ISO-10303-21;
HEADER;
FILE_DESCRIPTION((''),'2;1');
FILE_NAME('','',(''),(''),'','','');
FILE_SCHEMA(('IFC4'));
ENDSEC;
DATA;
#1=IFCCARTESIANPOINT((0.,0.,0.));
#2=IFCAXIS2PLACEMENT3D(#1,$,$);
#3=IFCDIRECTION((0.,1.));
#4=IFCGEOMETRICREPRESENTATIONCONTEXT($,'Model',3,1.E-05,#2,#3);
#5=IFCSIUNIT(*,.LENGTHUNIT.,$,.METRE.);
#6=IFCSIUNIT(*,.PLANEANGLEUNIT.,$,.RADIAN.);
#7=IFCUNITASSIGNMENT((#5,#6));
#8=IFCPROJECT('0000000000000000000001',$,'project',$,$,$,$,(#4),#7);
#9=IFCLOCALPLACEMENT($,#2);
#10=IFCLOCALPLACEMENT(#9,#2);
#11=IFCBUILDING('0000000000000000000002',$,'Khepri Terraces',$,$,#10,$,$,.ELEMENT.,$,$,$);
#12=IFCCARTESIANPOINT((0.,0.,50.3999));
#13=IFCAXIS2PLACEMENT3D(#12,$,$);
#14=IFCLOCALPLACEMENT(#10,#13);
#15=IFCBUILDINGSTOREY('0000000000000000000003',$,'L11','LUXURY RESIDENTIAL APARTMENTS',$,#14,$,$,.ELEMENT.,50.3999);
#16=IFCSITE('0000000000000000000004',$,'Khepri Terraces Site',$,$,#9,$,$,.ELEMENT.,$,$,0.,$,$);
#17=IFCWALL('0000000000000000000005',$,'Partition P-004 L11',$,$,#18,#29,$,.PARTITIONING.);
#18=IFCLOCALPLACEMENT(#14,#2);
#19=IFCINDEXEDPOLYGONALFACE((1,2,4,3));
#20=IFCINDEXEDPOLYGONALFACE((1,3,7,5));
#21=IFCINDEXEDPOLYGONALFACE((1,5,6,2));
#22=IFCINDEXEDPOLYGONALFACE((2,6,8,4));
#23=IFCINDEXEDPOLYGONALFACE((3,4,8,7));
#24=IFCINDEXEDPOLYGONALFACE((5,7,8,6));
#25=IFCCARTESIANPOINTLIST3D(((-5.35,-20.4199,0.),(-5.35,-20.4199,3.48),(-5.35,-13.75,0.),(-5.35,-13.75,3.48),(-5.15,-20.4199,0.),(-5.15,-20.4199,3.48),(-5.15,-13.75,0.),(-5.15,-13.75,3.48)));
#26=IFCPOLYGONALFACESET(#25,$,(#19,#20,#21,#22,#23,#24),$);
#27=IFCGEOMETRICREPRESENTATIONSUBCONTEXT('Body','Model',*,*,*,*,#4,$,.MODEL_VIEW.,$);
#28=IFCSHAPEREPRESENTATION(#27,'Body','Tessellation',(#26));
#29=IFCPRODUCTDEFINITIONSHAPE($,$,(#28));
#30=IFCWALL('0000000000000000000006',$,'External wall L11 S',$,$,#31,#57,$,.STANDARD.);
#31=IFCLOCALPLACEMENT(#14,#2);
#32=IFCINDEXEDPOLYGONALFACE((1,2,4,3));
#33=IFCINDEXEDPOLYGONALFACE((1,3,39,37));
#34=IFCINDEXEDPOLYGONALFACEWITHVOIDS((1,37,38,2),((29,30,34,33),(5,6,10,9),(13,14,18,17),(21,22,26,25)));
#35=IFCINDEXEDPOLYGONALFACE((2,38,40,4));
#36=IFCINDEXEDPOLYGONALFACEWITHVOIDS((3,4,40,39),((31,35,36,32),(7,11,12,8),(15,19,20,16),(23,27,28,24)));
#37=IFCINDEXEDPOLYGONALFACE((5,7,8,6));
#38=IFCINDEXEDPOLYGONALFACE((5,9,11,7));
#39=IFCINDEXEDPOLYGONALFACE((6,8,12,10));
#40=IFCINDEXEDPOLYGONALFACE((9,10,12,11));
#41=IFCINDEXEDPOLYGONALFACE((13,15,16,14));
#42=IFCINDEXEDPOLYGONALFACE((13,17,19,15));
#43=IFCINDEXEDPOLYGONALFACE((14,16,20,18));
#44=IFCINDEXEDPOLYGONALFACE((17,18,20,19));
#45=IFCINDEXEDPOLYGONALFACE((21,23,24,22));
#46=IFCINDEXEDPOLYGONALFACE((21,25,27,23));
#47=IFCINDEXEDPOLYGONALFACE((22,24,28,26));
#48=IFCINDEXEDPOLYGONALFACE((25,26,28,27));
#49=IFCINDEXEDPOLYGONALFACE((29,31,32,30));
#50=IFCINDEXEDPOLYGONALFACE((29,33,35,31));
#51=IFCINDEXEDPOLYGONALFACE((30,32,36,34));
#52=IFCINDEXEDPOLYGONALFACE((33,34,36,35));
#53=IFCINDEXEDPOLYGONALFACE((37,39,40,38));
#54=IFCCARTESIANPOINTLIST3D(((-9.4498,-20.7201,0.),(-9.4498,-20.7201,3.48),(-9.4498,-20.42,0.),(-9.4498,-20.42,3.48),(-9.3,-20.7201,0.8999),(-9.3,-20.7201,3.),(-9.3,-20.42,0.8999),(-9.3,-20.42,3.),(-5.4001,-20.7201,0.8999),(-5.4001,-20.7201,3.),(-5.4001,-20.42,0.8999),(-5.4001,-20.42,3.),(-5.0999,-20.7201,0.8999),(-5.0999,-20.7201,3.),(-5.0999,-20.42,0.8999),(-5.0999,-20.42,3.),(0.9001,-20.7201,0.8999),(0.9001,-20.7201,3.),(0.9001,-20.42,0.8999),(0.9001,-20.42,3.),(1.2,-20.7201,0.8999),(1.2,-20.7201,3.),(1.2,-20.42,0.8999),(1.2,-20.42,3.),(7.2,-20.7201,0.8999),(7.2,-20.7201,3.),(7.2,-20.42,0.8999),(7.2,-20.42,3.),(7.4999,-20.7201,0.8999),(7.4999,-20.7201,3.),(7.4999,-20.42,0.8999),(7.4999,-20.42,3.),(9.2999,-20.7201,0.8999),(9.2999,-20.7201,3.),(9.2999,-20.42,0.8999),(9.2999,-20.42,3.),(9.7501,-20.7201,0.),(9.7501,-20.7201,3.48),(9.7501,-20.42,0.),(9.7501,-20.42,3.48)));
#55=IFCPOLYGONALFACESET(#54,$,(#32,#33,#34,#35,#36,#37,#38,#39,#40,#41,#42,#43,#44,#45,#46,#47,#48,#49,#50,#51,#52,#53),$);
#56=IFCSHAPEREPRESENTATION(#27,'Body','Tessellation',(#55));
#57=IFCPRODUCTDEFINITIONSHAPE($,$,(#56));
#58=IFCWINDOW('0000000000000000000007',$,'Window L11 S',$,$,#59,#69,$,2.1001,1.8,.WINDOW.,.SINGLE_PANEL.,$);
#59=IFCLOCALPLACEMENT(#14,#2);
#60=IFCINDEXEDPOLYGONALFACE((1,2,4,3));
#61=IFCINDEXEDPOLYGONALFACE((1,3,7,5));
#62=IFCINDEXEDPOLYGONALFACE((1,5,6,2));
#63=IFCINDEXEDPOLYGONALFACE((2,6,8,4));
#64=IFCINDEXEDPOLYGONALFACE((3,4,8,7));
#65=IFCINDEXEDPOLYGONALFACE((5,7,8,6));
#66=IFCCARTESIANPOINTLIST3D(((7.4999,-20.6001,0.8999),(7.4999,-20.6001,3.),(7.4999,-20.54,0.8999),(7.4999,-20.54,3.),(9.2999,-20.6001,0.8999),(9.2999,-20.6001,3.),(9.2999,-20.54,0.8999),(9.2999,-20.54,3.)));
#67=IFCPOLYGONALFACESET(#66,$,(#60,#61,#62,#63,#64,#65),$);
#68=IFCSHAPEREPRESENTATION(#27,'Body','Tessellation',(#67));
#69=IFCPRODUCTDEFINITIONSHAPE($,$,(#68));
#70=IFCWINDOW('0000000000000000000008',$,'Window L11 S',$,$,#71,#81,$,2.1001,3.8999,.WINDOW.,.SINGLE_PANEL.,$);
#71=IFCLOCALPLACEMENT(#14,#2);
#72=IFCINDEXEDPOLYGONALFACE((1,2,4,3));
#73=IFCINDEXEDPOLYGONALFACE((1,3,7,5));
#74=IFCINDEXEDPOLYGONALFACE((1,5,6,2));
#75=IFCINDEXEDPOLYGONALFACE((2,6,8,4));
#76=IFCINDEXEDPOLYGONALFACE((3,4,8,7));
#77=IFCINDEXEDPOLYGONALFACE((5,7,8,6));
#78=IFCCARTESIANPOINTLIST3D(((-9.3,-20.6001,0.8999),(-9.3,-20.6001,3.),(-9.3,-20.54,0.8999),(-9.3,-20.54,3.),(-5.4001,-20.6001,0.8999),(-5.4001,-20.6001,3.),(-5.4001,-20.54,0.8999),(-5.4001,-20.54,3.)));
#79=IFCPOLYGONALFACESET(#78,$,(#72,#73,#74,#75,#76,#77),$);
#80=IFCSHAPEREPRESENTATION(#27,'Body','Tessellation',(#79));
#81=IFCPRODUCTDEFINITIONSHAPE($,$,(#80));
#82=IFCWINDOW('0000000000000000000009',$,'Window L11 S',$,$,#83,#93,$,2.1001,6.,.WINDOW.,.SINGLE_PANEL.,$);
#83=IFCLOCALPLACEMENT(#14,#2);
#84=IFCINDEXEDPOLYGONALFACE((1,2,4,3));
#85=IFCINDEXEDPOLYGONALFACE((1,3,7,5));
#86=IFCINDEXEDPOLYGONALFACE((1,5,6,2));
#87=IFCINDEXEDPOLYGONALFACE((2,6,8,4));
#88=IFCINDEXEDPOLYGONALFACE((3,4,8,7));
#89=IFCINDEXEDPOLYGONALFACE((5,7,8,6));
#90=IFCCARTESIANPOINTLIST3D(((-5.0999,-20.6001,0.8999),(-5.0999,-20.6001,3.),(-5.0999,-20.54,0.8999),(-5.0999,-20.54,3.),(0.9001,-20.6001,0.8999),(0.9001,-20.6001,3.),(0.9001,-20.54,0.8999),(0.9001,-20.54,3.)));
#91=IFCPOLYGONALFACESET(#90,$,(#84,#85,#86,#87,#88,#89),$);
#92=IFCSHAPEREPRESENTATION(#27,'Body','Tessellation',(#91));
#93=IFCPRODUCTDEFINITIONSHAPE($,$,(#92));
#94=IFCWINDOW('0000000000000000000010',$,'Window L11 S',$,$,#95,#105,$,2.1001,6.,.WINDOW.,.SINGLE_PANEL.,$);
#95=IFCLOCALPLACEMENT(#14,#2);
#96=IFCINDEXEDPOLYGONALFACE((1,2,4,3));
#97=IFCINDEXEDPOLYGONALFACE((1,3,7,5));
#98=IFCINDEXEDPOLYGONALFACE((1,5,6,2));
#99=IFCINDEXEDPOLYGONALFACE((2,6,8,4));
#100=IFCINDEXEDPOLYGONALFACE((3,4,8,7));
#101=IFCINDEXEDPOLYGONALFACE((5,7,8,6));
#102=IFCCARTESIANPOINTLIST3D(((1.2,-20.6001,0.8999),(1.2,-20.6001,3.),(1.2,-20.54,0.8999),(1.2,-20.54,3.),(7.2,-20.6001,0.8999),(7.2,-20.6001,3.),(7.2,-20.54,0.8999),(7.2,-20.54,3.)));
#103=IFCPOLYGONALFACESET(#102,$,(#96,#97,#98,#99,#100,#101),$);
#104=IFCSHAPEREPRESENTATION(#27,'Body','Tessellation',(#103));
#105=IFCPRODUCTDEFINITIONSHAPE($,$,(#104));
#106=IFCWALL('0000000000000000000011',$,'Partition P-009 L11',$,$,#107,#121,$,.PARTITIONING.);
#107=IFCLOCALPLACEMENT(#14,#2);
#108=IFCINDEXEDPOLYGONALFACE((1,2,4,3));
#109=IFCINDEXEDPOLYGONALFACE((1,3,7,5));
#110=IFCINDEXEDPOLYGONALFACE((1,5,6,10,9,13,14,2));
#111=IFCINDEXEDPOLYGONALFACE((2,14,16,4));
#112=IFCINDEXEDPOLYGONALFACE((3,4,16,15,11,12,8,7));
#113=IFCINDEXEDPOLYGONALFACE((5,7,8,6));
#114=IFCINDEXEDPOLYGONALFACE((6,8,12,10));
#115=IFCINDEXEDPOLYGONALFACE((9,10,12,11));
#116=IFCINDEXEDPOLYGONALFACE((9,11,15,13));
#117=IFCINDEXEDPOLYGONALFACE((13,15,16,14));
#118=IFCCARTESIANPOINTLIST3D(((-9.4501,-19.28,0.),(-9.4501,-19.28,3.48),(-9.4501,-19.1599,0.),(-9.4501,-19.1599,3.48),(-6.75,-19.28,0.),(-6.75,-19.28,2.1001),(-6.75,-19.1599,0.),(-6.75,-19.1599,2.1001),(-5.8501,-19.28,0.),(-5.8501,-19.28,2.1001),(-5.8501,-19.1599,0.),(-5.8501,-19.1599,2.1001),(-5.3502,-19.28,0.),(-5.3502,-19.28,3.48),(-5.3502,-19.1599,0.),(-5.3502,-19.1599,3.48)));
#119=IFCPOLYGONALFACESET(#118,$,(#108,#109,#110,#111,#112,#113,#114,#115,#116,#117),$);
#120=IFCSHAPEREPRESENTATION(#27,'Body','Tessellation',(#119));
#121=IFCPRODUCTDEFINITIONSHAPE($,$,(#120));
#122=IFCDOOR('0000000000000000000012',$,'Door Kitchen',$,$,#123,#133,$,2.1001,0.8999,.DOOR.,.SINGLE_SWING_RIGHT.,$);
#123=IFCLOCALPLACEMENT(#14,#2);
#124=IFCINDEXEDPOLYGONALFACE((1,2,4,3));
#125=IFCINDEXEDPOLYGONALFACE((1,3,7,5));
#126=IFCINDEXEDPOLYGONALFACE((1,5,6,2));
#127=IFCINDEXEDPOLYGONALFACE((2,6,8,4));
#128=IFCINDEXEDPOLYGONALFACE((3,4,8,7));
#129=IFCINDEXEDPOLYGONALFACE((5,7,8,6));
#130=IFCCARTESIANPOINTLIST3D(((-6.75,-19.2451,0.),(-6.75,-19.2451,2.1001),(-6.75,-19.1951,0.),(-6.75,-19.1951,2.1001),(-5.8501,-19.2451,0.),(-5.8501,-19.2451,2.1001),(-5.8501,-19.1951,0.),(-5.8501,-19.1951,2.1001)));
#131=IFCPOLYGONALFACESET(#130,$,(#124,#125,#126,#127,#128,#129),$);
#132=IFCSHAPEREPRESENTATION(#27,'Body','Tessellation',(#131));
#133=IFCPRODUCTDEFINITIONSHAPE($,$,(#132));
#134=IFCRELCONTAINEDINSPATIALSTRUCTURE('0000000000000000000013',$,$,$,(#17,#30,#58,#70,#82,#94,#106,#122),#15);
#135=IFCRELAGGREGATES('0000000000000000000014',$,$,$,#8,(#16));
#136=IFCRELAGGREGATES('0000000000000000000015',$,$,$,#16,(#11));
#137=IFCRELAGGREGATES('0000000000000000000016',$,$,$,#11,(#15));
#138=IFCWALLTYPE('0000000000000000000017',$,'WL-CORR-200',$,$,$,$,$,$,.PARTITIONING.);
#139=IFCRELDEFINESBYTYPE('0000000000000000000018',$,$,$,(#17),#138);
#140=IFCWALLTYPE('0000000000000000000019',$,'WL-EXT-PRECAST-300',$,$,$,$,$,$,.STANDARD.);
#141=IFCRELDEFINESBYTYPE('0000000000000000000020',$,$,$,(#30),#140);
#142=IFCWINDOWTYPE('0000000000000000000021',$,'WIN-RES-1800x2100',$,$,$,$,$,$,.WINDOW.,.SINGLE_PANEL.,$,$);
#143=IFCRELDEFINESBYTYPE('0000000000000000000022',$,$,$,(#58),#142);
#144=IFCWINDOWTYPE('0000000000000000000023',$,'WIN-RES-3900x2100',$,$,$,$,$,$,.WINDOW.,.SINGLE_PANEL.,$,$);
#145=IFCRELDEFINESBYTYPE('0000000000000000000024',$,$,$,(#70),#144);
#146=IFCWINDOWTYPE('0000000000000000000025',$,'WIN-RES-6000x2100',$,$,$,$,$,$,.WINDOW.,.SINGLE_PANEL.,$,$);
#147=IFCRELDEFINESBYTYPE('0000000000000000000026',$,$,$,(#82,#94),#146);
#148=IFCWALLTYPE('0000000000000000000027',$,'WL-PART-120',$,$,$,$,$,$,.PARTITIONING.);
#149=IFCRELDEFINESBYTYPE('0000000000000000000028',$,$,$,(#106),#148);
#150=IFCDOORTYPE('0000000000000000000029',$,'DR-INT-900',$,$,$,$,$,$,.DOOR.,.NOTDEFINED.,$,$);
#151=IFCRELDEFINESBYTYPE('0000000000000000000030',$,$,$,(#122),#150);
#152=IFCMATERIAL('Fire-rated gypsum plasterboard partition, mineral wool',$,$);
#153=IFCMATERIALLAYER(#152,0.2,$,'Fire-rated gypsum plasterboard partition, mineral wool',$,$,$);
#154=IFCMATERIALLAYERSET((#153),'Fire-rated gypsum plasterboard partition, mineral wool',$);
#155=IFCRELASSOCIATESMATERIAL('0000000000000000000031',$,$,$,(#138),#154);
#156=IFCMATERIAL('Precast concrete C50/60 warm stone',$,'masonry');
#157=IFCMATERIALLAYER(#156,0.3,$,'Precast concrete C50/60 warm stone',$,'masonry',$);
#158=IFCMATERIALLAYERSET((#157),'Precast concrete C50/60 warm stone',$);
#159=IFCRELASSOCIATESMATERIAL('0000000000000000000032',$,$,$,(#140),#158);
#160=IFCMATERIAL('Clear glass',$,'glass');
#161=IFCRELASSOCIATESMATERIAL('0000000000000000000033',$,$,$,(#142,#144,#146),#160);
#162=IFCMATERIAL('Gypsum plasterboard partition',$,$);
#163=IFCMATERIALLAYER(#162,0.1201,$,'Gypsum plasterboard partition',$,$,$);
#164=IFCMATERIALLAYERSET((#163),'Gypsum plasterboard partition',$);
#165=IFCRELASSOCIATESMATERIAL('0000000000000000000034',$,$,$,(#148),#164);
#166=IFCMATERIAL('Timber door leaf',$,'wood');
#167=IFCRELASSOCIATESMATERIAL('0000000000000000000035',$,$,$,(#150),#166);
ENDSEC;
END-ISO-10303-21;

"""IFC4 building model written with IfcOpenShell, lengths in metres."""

from ifc_helpers import new_model, si_unit, direction, frame, frame_2d, origin, place, context, subcontext, project, spatial, rectangle, extrude, material, layer, layer_set, type_object, element, fill, save


model = new_model("IFC4")

# Units and contexts
model_context = context("Model", 3, precision=1e-05, world=origin(), true_north=direction((0.0, 1.0)))
body_context = subcontext(model_context, "Body", "Model", "MODEL_VIEW")
ifc_project = project(units=[si_unit("LENGTHUNIT", "METRE"), si_unit("PLANEANGLEUNIT", "RADIAN")], contexts=[model_context])

# Site, building, storey
site_placement = place(None, origin())
site = spatial("IfcSite", under=ifc_project, at=site_placement, Name="Khepri Terraces Site", CompositionType="ELEMENT", RefElevation=0.0)
building_placement = place(site_placement, origin())
building = spatial("IfcBuilding", under=site, at=building_placement, Name="Khepri Terraces", CompositionType="ELEMENT")
storey_placement = place(building_placement, frame((0.0, 0.0, 50.3999)))
storey = spatial("IfcBuildingStorey", under=building, at=storey_placement, Name="L11", Description="LUXURY RESIDENTIAL APARTMENTS", CompositionType="ELEMENT", Elevation=50.3999)

# Wall
ifc_material_1 = material(Name="Fire-rated gypsum plasterboard partition, mineral wool")
ifc_layer_1 = layer(ifc_material_1, 0.2, Name="Fire-rated gypsum plasterboard partition, mineral wool")
ifc_layer_set_1 = layer_set([ifc_layer_1], Name="Fire-rated gypsum plasterboard partition, mineral wool")
wall_type_1 = type_object("IfcWallType", Name="WL-CORR-200", PredefinedType="PARTITIONING", material=ifc_layer_set_1)
wall_1_placement = place(storey_placement, frame((-5.25, -20.4199, 0.0), z_axis=(0.0, 0.0, 1.0), x_axis=(0.0, 1.0, 0.0)))
element("IfcWall", 1, at=wall_1_placement, inside=storey, type_object=wall_type_1, Name="Partition P-004 L11", PredefinedType="PARTITIONING", context=body_context, shape_type="SweptSolid", body=[
    extrude(rectangle(XDim=6.6699, YDim=0.2, at=frame_2d((3.335, 0.0))), origin(), (0.0, 0.0, 1.0), 3.48),
])

# Wall, openings, windows
ifc_material_2 = material(Name="Precast concrete C50/60 warm stone", Category="masonry")
ifc_layer_2 = layer(ifc_material_2, 0.3, Name="Precast concrete C50/60 warm stone", Category="masonry")
ifc_layer_set_2 = layer_set([ifc_layer_2], Name="Precast concrete C50/60 warm stone")
wall_type_2 = type_object("IfcWallType", Name="WL-EXT-PRECAST-300", PredefinedType="STANDARD", material=ifc_layer_set_2)
wall_2_placement = place(storey_placement, frame((-9.45, -20.5701, 0.0), z_axis=(0.0, 0.0, 1.0), x_axis=(1.0, 0.0, 0.0)))
wall_2 = element("IfcWall", 2, at=wall_2_placement, inside=storey, type_object=wall_type_2, Name="External wall L11 S", PredefinedType="STANDARD", context=body_context, shape_type="SweptSolid", body=[
    extrude(rectangle(XDim=19.2, YDim=0.3, at=frame_2d((9.6001, 0.0))), origin(), (0.0, 0.0, 1.0), 3.48),
])
opening_1_placement = place(wall_2_placement, frame((0.1499, 0.0, 0.8999)))
opening_1 = element("IfcOpeningElement", 3, at=opening_1_placement, cuts=wall_2, PredefinedType="OPENING", context=body_context, shape_type="SweptSolid", body=[
    extrude(rectangle(XDim=3.8999, YDim=2.1001, at=frame_2d((1.95, 1.05))), frame((0.0, 0.1602, 0.0), z_axis=(0.0, -1.0, 0.0), x_axis=(1.0, 0.0, 0.0)), (0.0, 0.0, 1.0), 0.3201),
])
opening_2_placement = place(wall_2_placement, frame((4.3501, 0.0, 0.8999)))
opening_2 = element("IfcOpeningElement", 4, at=opening_2_placement, cuts=wall_2, PredefinedType="OPENING", context=body_context, shape_type="SweptSolid", body=[
    extrude(rectangle(XDim=6.0, YDim=2.1001, at=frame_2d((3.0, 1.05))), frame((0.0, 0.1602, 0.0), z_axis=(0.0, -1.0, 0.0), x_axis=(1.0, 0.0, 0.0)), (0.0, 0.0, 1.0), 0.3201),
])
opening_3_placement = place(wall_2_placement, frame((10.6499, 0.0, 0.8999)))
opening_3 = element("IfcOpeningElement", 5, at=opening_3_placement, cuts=wall_2, PredefinedType="OPENING", context=body_context, shape_type="SweptSolid", body=[
    extrude(rectangle(XDim=6.0, YDim=2.1001, at=frame_2d((3.0, 1.05))), frame((0.0, 0.1602, 0.0), z_axis=(0.0, -1.0, 0.0), x_axis=(1.0, 0.0, 0.0)), (0.0, 0.0, 1.0), 0.3201),
])
opening_4_placement = place(wall_2_placement, frame((16.95, 0.0, 0.8999)))
opening_4 = element("IfcOpeningElement", 6, at=opening_4_placement, cuts=wall_2, PredefinedType="OPENING", context=body_context, shape_type="SweptSolid", body=[
    extrude(rectangle(XDim=1.8, YDim=2.1001, at=frame_2d((0.8999, 1.05))), frame((0.0, 0.1602, 0.0), z_axis=(0.0, -1.0, 0.0), x_axis=(1.0, 0.0, 0.0)), (0.0, 0.0, 1.0), 0.3201),
])
ifc_material_3 = material(Name="Clear glass", Category="glass")
window_type_1 = type_object("IfcWindowType", Name="WIN-RES-1800x2100", PartitioningType="SINGLE_PANEL", PredefinedType="WINDOW", material=ifc_material_3)
window_1_placement = place(opening_4_placement, origin())
window_1 = element("IfcWindow", 7, at=window_1_placement, inside=storey, type_object=window_type_1, Name="Window L11 S", OverallHeight=2.1001, OverallWidth=1.8, PartitioningType="SINGLE_PANEL", PredefinedType="WINDOW", context=body_context, shape_type="SweptSolid", body=[
    extrude(rectangle(XDim=1.8, YDim=2.1001, at=frame_2d((0.8999, 1.05))), frame((0.0, 0.03, 0.0), z_axis=(0.0, -1.0, 0.0), x_axis=(1.0, 0.0, 0.0)), (0.0, 0.0, 1.0), 0.0601),
])
fill(opening_4, window_1)
window_type_2 = type_object("IfcWindowType", Name="WIN-RES-3900x2100", PartitioningType="SINGLE_PANEL", PredefinedType="WINDOW", material=ifc_material_3)
window_2_placement = place(opening_1_placement, origin())
window_2 = element("IfcWindow", 8, at=window_2_placement, inside=storey, type_object=window_type_2, Name="Window L11 S", OverallHeight=2.1001, OverallWidth=3.8999, PartitioningType="SINGLE_PANEL", PredefinedType="WINDOW", context=body_context, shape_type="SweptSolid", body=[
    extrude(rectangle(XDim=3.8999, YDim=2.1001, at=frame_2d((1.95, 1.05))), frame((0.0, 0.03, 0.0), z_axis=(0.0, -1.0, 0.0), x_axis=(1.0, 0.0, 0.0)), (0.0, 0.0, 1.0), 0.0601),
])
fill(opening_1, window_2)
window_type_3 = type_object("IfcWindowType", Name="WIN-RES-6000x2100", PartitioningType="SINGLE_PANEL", PredefinedType="WINDOW", material=ifc_material_3)
window_3_placement = place(opening_2_placement, origin())
window_3 = element("IfcWindow", 9, at=window_3_placement, inside=storey, type_object=window_type_3, Name="Window L11 S", OverallHeight=2.1001, OverallWidth=6.0, PartitioningType="SINGLE_PANEL", PredefinedType="WINDOW", context=body_context, shape_type="SweptSolid", body=[
    extrude(rectangle(XDim=6.0, YDim=2.1001, at=frame_2d((3.0, 1.05))), frame((0.0, 0.03, 0.0), z_axis=(0.0, -1.0, 0.0), x_axis=(1.0, 0.0, 0.0)), (0.0, 0.0, 1.0), 0.0601),
])
fill(opening_2, window_3)
window_4_placement = place(opening_3_placement, origin())
window_4 = element("IfcWindow", 10, at=window_4_placement, inside=storey, type_object=window_type_3, Name="Window L11 S", OverallHeight=2.1001, OverallWidth=6.0, PartitioningType="SINGLE_PANEL", PredefinedType="WINDOW", context=body_context, shape_type="SweptSolid", body=[
    extrude(rectangle(XDim=6.0, YDim=2.1001, at=frame_2d((3.0, 1.05))), frame((0.0, 0.03, 0.0), z_axis=(0.0, -1.0, 0.0), x_axis=(1.0, 0.0, 0.0)), (0.0, 0.0, 1.0), 0.0601),
])
fill(opening_3, window_4)

# Wall, opening, door
ifc_material_4 = material(Name="Gypsum plasterboard partition")
ifc_layer_3 = layer(ifc_material_4, 0.1201, Name="Gypsum plasterboard partition")
ifc_layer_set_3 = layer_set([ifc_layer_3], Name="Gypsum plasterboard partition")
wall_type_3 = type_object("IfcWallType", Name="WL-PART-120", PredefinedType="PARTITIONING", material=ifc_layer_set_3)
wall_3_placement = place(storey_placement, frame((-9.45, -19.22, 0.0), z_axis=(0.0, 0.0, 1.0), x_axis=(1.0, 0.0, 0.0)))
wall_3 = element("IfcWall", 11, at=wall_3_placement, inside=storey, type_object=wall_type_3, Name="Partition P-009 L11", PredefinedType="PARTITIONING", context=body_context, shape_type="SweptSolid", body=[
    extrude(rectangle(XDim=4.0999, YDim=0.1201, at=frame_2d((2.0498, 0.0))), origin(), (0.0, 0.0, 1.0), 3.48),
])
opening_5_placement = place(wall_3_placement, frame((2.7, 0.0, 0.0)))
opening_5 = element("IfcOpeningElement", 12, at=opening_5_placement, cuts=wall_3, PredefinedType="OPENING", context=body_context, shape_type="SweptSolid", body=[
    extrude(rectangle(XDim=0.8999, YDim=2.1001, at=frame_2d((0.45, 1.05))), frame((0.0, 0.0701, 0.0), z_axis=(0.0, -1.0, 0.0), x_axis=(1.0, 0.0, 0.0)), (0.0, 0.0, 1.0), 0.1401),
])
ifc_material_5 = material(Name="Timber door leaf", Category="wood")
door_type_1 = type_object("IfcDoorType", Name="DR-INT-900", OperationType="NOTDEFINED", PredefinedType="DOOR", material=ifc_material_5)
door_1_placement = place(opening_5_placement, origin())
door_1 = element("IfcDoor", 13, at=door_1_placement, inside=storey, type_object=door_type_1, Name="Door Kitchen", OperationType="SINGLE_SWING_RIGHT", OverallHeight=2.1001, OverallWidth=0.8999, PredefinedType="DOOR", context=body_context, shape_type="SweptSolid", body=[
    extrude(rectangle(XDim=0.8999, YDim=2.1001, at=frame_2d((0.45, 1.05))), frame((0.0, 0.0249, 0.0), z_axis=(0.0, -1.0, 0.0), x_axis=(1.0, 0.0, 0.0)), (0.0, 0.0, 1.0), 0.05),
])
fill(opening_5, door_1)

save(model, "model.ifc")
